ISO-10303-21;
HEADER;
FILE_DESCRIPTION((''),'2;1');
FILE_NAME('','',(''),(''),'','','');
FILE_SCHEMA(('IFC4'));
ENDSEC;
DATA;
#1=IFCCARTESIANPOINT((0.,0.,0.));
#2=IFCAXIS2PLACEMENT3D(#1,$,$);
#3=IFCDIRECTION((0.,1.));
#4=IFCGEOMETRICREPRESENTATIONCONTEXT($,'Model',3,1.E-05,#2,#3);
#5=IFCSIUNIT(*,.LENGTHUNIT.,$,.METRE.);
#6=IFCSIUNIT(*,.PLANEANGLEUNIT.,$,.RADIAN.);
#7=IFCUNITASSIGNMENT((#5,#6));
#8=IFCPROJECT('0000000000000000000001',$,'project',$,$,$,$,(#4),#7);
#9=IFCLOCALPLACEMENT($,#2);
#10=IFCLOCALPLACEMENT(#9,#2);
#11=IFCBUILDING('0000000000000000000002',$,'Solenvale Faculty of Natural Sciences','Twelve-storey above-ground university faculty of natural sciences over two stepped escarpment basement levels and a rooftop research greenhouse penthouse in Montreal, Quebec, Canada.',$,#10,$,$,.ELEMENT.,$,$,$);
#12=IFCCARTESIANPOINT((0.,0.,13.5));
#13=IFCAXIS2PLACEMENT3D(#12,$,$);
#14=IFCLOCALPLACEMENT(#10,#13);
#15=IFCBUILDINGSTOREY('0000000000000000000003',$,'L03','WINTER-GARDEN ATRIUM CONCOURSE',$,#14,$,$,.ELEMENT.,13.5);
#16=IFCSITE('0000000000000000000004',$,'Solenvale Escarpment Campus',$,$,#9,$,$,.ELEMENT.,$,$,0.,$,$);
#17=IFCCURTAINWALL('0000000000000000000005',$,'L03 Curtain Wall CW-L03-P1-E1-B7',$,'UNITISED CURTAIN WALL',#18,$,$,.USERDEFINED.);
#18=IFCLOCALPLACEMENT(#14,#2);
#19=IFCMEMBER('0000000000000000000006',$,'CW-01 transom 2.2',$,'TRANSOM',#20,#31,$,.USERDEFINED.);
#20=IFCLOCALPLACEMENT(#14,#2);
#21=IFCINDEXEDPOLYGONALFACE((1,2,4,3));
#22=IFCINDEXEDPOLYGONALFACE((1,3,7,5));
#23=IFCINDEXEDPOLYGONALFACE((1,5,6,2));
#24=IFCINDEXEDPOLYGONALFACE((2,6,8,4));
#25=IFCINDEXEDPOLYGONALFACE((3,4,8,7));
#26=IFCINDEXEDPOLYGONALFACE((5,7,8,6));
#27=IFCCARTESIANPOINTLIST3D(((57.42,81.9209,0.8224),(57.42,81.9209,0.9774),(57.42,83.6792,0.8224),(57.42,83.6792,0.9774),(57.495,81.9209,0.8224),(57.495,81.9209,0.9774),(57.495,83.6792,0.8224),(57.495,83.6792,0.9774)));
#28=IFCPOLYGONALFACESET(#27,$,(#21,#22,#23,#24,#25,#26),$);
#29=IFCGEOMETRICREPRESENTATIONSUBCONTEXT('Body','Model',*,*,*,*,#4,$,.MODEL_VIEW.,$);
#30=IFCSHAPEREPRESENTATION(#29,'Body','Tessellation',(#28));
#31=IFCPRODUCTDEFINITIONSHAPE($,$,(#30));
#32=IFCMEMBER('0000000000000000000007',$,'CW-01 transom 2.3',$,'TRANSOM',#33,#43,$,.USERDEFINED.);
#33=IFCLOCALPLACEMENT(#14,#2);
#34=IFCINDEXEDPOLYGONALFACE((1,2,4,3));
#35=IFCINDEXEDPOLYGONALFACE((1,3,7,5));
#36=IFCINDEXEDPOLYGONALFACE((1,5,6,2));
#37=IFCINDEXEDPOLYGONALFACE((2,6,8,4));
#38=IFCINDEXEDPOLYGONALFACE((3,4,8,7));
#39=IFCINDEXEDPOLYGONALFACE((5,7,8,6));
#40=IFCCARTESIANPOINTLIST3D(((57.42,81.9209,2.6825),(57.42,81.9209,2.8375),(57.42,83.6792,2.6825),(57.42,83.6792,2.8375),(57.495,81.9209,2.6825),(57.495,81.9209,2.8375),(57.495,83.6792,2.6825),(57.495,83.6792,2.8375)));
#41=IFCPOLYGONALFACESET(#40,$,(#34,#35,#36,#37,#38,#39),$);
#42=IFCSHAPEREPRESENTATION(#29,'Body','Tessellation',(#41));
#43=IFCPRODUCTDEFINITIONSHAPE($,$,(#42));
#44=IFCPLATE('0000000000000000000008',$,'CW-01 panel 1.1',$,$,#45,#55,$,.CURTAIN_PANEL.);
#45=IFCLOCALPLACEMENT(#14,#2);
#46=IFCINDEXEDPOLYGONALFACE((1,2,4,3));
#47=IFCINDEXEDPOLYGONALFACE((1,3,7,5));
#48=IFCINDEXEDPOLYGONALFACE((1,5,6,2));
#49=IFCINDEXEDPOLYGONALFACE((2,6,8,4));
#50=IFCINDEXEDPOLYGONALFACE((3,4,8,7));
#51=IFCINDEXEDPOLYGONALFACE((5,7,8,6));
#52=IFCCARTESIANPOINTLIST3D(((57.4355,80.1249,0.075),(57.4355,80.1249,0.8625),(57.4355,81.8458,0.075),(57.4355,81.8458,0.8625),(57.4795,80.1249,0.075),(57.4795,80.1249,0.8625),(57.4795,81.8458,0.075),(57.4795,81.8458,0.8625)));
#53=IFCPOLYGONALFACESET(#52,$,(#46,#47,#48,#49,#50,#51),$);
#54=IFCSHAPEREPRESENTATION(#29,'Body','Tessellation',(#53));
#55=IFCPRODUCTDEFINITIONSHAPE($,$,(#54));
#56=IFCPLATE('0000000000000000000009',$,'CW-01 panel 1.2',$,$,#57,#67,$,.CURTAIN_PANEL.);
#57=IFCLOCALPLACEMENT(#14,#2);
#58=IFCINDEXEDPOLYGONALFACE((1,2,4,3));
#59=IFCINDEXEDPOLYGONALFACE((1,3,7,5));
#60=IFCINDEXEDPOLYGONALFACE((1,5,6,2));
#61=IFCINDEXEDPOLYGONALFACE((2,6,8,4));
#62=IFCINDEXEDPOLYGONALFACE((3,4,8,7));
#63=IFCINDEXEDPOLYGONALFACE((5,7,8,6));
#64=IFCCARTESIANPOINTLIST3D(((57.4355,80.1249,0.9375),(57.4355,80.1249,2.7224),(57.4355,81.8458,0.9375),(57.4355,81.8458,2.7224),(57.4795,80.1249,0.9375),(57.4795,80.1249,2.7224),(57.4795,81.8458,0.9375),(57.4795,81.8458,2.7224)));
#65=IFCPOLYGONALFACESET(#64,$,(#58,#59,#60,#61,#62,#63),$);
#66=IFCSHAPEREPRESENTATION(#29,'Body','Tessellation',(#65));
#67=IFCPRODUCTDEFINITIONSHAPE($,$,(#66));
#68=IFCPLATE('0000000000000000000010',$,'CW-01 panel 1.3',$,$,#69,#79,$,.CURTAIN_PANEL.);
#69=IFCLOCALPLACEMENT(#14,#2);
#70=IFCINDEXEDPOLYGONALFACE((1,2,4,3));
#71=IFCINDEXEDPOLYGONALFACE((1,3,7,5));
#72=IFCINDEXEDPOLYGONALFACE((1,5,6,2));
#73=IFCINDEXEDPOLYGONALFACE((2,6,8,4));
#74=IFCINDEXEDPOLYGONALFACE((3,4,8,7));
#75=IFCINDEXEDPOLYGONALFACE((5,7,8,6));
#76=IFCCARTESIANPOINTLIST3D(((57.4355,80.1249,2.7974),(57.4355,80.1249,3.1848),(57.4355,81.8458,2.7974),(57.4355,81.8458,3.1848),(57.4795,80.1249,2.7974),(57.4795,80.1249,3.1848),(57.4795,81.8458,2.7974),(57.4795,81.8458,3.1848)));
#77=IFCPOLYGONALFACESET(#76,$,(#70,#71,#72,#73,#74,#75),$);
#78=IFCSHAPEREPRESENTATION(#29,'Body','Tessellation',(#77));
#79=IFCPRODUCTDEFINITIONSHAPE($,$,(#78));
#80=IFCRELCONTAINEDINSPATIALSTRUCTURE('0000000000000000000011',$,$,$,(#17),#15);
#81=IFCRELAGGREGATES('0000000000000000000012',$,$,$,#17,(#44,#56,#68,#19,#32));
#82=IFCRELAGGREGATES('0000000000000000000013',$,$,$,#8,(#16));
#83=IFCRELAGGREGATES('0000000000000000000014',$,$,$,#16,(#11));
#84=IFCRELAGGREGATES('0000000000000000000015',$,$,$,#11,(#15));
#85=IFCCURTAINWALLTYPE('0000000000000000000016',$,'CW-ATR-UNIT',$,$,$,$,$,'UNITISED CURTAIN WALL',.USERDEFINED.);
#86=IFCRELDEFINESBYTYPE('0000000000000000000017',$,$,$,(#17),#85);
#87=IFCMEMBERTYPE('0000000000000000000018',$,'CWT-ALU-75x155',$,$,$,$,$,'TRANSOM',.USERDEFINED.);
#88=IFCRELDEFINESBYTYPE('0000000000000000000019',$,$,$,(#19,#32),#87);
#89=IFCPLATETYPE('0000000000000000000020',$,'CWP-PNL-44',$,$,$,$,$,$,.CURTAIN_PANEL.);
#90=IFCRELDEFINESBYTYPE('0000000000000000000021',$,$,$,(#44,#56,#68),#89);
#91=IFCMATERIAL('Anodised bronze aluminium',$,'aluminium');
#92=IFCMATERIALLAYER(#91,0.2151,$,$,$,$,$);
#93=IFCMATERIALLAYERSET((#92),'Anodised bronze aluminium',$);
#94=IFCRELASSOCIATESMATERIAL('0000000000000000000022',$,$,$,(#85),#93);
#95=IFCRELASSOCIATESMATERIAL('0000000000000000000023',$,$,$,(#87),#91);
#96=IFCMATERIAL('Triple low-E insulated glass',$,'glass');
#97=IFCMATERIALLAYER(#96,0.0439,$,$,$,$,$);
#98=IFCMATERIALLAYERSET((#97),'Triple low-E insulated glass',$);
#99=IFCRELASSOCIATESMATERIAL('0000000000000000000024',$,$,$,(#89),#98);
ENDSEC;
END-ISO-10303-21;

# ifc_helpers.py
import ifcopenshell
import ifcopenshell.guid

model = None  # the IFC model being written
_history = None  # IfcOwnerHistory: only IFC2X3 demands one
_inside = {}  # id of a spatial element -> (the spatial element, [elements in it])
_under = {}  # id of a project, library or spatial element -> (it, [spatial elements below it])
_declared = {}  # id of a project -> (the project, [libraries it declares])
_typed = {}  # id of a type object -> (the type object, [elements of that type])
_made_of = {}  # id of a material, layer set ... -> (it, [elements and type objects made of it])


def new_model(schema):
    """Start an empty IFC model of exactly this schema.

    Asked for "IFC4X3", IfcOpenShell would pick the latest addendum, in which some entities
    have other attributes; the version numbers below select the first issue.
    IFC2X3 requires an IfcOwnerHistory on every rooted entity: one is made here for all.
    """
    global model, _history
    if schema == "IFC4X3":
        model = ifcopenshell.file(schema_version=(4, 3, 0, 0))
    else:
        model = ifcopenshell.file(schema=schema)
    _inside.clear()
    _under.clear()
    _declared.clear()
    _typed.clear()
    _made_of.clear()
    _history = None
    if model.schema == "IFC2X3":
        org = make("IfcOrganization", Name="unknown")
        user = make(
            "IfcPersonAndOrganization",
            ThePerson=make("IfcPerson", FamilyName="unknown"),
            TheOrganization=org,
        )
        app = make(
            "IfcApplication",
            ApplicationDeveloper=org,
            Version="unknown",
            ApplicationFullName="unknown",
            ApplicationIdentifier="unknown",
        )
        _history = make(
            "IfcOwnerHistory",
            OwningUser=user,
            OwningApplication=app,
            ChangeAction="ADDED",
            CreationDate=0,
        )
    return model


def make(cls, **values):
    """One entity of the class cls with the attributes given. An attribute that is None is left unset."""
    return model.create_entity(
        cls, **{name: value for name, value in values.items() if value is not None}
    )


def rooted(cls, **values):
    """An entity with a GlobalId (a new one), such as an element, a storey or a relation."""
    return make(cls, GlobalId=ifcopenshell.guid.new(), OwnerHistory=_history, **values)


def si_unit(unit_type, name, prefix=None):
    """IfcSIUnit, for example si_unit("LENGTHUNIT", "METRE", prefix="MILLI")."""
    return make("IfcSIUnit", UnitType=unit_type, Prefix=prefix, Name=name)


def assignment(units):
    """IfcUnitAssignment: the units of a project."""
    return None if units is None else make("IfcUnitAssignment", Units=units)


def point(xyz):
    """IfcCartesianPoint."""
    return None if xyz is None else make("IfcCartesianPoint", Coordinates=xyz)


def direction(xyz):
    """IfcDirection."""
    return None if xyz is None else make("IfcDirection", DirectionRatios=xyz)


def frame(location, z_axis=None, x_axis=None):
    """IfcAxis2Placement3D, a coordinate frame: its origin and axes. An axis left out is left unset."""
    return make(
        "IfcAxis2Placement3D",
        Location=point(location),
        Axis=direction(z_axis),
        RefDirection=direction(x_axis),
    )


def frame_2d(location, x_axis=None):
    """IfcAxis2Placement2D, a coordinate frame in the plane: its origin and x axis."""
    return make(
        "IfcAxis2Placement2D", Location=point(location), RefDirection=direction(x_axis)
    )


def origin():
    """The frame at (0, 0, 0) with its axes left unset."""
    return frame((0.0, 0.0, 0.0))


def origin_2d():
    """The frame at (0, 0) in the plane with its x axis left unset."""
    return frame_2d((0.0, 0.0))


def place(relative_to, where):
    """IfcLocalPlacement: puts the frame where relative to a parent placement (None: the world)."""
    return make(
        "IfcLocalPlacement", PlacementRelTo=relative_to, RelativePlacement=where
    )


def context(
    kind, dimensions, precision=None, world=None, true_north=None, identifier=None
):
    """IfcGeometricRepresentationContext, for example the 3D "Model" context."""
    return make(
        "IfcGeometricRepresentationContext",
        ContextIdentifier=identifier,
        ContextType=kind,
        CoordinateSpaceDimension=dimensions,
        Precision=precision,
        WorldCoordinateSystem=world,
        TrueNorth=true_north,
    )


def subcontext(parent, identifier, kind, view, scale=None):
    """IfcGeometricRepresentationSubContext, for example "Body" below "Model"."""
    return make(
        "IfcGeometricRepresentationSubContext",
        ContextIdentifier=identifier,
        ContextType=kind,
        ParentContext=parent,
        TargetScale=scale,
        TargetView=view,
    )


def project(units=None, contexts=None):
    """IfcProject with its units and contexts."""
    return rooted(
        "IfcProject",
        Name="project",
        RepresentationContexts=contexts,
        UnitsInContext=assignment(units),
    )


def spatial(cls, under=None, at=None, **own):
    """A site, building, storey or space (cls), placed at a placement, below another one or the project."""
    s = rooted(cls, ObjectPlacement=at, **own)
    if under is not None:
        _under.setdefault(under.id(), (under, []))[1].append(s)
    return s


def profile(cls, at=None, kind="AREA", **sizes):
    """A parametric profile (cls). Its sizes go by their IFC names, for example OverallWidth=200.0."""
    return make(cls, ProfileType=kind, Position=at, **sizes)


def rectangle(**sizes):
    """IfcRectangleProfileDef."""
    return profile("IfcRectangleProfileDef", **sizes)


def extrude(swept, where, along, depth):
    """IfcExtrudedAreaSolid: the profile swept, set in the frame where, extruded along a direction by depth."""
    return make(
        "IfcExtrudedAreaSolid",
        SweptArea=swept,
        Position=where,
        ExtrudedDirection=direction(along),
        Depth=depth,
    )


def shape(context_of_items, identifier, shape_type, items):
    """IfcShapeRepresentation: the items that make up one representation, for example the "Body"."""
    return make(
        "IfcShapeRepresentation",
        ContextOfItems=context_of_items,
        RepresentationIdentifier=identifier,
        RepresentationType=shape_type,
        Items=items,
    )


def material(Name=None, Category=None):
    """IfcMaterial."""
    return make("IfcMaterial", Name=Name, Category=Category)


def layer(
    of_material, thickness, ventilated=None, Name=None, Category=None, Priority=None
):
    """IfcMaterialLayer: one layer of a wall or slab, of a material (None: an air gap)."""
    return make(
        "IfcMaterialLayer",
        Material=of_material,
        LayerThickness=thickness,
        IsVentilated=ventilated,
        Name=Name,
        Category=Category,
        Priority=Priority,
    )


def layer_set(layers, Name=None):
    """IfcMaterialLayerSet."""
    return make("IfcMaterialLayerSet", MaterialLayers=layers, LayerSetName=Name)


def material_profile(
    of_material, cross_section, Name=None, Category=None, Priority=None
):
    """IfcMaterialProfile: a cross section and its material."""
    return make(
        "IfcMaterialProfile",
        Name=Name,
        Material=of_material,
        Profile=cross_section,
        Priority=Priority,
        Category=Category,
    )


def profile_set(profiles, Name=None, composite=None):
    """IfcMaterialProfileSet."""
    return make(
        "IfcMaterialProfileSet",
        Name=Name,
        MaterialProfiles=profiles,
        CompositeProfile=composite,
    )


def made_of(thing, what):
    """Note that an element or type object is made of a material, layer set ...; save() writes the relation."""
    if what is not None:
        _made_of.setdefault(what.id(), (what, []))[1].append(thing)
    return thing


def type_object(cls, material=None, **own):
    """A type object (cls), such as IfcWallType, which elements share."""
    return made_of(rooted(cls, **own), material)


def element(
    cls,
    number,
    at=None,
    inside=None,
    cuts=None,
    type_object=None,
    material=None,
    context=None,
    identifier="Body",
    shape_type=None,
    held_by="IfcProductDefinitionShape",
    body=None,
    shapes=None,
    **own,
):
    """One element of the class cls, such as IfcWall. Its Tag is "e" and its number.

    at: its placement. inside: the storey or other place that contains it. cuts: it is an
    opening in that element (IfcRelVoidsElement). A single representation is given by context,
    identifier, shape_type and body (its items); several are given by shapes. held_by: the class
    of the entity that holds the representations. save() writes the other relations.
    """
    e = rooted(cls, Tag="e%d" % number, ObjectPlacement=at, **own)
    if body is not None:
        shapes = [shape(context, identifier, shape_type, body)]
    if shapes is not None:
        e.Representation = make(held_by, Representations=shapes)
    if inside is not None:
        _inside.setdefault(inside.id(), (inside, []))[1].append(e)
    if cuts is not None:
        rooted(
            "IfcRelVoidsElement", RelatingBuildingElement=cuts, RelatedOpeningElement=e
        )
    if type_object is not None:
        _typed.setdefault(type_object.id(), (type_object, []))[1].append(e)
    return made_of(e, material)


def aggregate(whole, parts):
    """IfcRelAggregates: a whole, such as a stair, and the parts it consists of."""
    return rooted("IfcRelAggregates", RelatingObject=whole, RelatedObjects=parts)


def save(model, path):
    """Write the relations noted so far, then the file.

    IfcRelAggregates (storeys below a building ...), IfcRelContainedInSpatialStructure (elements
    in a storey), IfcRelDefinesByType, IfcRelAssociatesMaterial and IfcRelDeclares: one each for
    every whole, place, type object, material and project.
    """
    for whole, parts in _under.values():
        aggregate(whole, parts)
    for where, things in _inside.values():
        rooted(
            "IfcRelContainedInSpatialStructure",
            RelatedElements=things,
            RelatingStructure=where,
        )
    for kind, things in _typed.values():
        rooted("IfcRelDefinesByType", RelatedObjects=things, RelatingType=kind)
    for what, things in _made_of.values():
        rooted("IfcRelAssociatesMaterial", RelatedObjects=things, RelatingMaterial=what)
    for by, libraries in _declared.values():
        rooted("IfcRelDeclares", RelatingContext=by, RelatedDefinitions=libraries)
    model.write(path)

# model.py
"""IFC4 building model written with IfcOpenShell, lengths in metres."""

from ifc_helpers import new_model, si_unit, direction, frame, origin, origin_2d, place, context, subcontext, project, spatial, rectangle, extrude, material, layer, layer_set, material_profile, profile_set, type_object, element, aggregate, save


model = new_model("IFC4")

# Units and contexts
model_context = context("Model", 3, precision=1e-05, world=origin(), true_north=direction((0.0, 1.0)))
body_context = subcontext(model_context, "Body", "Model", "MODEL_VIEW")
ifc_project = project(units=[si_unit("LENGTHUNIT", "METRE"), si_unit("PLANEANGLEUNIT", "RADIAN")], contexts=[model_context])

# Site, building, storey
site_placement = place(None, origin())
site = spatial("IfcSite", under=ifc_project, at=site_placement, Name="Solenvale Escarpment Campus", CompositionType="ELEMENT", RefElevation=0.0)
building_placement = place(site_placement, origin())
building = spatial("IfcBuilding", under=site, at=building_placement, Name="Solenvale Faculty of Natural Sciences", Description="Twelve-storey above-ground university faculty of natural sciences over two stepped escarpment basement levels and a rooftop research greenhouse penthouse in Montreal, Quebec, Canada.", CompositionType="ELEMENT")
storey_placement = place(building_placement, frame((0.0, 0.0, 13.5)))
storey = spatial("IfcBuildingStorey", under=building, at=storey_placement, Name="L03", Description="WINTER-GARDEN ATRIUM CONCOURSE", CompositionType="ELEMENT", Elevation=13.5)

# Curtain wall, members, plates
ifc_material_1 = material(Name="Anodised bronze aluminium", Category="aluminium")
ifc_layer_1 = layer(ifc_material_1, 0.2151)
ifc_layer_set_1 = layer_set([ifc_layer_1], Name="Anodised bronze aluminium")
curtain_wall_type = type_object("IfcCurtainWallType", Name="CW-ATR-UNIT", ElementType="UNITISED CURTAIN WALL", PredefinedType="USERDEFINED", material=ifc_layer_set_1)
curtain_wall_placement = place(storey_placement, origin())
curtain_wall = element("IfcCurtainWall", 1, at=curtain_wall_placement, inside=storey, type_object=curtain_wall_type, Name="L03 Curtain Wall CW-L03-P1-E1-B7", ObjectType="UNITISED CURTAIN WALL", PredefinedType="USERDEFINED")
ifc_material_profile_1 = material_profile(ifc_material_1, rectangle(XDim=0.075, YDim=0.155, at=origin_2d()), Name="ALU-TRN-75x155")
ifc_profile_set_1 = profile_set([ifc_material_profile_1], Name="Anodised bronze aluminium")
member_type_1 = type_object("IfcMemberType", Name="CWT-ALU-75x155", ElementType="TRANSOM", PredefinedType="USERDEFINED", material=ifc_profile_set_1)
member_1_placement = place(storey_placement, frame((57.4575, 81.9209, 0.8999), z_axis=(0.0, 1.0, 0.0), x_axis=(-1.0, 0.0, 0.0)))
member_1 = element("IfcMember", 2, at=member_1_placement, type_object=member_type_1, Name="CW-01 transom 2.2", ObjectType="TRANSOM", PredefinedType="USERDEFINED", context=body_context, shape_type="SweptSolid", body=[
    extrude(rectangle(XDim=0.075, YDim=0.155, at=origin_2d()), origin(), (0.0, 0.0, 1.0), 1.7583),
])
member_2_placement = place(storey_placement, frame((57.4575, 81.9209, 2.76), z_axis=(0.0, 1.0, 0.0), x_axis=(-1.0, 0.0, 0.0)))
member_2 = element("IfcMember", 3, at=member_2_placement, type_object=member_type_1, Name="CW-01 transom 2.3", ObjectType="TRANSOM", PredefinedType="USERDEFINED", context=body_context, shape_type="SweptSolid", body=[
    extrude(rectangle(XDim=0.075, YDim=0.155, at=origin_2d()), origin(), (0.0, 0.0, 1.0), 1.7583),
])
ifc_material_2 = material(Name="Triple low-E insulated glass", Category="glass")
ifc_layer_2 = layer(ifc_material_2, 0.0439)
ifc_layer_set_2 = layer_set([ifc_layer_2], Name="Triple low-E insulated glass")
plate_type = type_object("IfcPlateType", Name="CWP-PNL-44", PredefinedType="CURTAIN_PANEL", material=ifc_layer_set_2)
plate_1_placement = place(storey_placement, frame((57.4575, 80.9854, 0.075), z_axis=(0.0, 0.0, 1.0), x_axis=(0.0, 1.0, 0.0)))
plate_1 = element("IfcPlate", 4, at=plate_1_placement, type_object=plate_type, Name="CW-01 panel 1.1", PredefinedType="CURTAIN_PANEL", context=body_context, shape_type="SweptSolid", body=[
    extrude(rectangle(XDim=1.7209, YDim=0.0439, at=origin_2d()), origin(), (0.0, 0.0, 1.0), 0.7876),
])
plate_2_placement = place(storey_placement, frame((57.4575, 80.9854, 0.9375), z_axis=(0.0, 0.0, 1.0), x_axis=(0.0, 1.0, 0.0)))
plate_2 = element("IfcPlate", 5, at=plate_2_placement, type_object=plate_type, Name="CW-01 panel 1.2", PredefinedType="CURTAIN_PANEL", context=body_context, shape_type="SweptSolid", body=[
    extrude(rectangle(XDim=1.7209, YDim=0.0439, at=origin_2d()), origin(), (0.0, 0.0, 1.0), 1.7849),
])
plate_3_placement = place(storey_placement, frame((57.4575, 80.9854, 2.7974), z_axis=(0.0, 0.0, 1.0), x_axis=(0.0, 1.0, 0.0)))
plate_3 = element("IfcPlate", 6, at=plate_3_placement, type_object=plate_type, Name="CW-01 panel 1.3", PredefinedType="CURTAIN_PANEL", context=body_context, shape_type="SweptSolid", body=[
    extrude(rectangle(XDim=1.7209, YDim=0.0439, at=origin_2d()), origin(), (0.0, 0.0, 1.0), 0.3875),
])
aggregate(curtain_wall, [plate_1, plate_2, plate_3, member_1, member_2])

save(model, "model.ifc")
